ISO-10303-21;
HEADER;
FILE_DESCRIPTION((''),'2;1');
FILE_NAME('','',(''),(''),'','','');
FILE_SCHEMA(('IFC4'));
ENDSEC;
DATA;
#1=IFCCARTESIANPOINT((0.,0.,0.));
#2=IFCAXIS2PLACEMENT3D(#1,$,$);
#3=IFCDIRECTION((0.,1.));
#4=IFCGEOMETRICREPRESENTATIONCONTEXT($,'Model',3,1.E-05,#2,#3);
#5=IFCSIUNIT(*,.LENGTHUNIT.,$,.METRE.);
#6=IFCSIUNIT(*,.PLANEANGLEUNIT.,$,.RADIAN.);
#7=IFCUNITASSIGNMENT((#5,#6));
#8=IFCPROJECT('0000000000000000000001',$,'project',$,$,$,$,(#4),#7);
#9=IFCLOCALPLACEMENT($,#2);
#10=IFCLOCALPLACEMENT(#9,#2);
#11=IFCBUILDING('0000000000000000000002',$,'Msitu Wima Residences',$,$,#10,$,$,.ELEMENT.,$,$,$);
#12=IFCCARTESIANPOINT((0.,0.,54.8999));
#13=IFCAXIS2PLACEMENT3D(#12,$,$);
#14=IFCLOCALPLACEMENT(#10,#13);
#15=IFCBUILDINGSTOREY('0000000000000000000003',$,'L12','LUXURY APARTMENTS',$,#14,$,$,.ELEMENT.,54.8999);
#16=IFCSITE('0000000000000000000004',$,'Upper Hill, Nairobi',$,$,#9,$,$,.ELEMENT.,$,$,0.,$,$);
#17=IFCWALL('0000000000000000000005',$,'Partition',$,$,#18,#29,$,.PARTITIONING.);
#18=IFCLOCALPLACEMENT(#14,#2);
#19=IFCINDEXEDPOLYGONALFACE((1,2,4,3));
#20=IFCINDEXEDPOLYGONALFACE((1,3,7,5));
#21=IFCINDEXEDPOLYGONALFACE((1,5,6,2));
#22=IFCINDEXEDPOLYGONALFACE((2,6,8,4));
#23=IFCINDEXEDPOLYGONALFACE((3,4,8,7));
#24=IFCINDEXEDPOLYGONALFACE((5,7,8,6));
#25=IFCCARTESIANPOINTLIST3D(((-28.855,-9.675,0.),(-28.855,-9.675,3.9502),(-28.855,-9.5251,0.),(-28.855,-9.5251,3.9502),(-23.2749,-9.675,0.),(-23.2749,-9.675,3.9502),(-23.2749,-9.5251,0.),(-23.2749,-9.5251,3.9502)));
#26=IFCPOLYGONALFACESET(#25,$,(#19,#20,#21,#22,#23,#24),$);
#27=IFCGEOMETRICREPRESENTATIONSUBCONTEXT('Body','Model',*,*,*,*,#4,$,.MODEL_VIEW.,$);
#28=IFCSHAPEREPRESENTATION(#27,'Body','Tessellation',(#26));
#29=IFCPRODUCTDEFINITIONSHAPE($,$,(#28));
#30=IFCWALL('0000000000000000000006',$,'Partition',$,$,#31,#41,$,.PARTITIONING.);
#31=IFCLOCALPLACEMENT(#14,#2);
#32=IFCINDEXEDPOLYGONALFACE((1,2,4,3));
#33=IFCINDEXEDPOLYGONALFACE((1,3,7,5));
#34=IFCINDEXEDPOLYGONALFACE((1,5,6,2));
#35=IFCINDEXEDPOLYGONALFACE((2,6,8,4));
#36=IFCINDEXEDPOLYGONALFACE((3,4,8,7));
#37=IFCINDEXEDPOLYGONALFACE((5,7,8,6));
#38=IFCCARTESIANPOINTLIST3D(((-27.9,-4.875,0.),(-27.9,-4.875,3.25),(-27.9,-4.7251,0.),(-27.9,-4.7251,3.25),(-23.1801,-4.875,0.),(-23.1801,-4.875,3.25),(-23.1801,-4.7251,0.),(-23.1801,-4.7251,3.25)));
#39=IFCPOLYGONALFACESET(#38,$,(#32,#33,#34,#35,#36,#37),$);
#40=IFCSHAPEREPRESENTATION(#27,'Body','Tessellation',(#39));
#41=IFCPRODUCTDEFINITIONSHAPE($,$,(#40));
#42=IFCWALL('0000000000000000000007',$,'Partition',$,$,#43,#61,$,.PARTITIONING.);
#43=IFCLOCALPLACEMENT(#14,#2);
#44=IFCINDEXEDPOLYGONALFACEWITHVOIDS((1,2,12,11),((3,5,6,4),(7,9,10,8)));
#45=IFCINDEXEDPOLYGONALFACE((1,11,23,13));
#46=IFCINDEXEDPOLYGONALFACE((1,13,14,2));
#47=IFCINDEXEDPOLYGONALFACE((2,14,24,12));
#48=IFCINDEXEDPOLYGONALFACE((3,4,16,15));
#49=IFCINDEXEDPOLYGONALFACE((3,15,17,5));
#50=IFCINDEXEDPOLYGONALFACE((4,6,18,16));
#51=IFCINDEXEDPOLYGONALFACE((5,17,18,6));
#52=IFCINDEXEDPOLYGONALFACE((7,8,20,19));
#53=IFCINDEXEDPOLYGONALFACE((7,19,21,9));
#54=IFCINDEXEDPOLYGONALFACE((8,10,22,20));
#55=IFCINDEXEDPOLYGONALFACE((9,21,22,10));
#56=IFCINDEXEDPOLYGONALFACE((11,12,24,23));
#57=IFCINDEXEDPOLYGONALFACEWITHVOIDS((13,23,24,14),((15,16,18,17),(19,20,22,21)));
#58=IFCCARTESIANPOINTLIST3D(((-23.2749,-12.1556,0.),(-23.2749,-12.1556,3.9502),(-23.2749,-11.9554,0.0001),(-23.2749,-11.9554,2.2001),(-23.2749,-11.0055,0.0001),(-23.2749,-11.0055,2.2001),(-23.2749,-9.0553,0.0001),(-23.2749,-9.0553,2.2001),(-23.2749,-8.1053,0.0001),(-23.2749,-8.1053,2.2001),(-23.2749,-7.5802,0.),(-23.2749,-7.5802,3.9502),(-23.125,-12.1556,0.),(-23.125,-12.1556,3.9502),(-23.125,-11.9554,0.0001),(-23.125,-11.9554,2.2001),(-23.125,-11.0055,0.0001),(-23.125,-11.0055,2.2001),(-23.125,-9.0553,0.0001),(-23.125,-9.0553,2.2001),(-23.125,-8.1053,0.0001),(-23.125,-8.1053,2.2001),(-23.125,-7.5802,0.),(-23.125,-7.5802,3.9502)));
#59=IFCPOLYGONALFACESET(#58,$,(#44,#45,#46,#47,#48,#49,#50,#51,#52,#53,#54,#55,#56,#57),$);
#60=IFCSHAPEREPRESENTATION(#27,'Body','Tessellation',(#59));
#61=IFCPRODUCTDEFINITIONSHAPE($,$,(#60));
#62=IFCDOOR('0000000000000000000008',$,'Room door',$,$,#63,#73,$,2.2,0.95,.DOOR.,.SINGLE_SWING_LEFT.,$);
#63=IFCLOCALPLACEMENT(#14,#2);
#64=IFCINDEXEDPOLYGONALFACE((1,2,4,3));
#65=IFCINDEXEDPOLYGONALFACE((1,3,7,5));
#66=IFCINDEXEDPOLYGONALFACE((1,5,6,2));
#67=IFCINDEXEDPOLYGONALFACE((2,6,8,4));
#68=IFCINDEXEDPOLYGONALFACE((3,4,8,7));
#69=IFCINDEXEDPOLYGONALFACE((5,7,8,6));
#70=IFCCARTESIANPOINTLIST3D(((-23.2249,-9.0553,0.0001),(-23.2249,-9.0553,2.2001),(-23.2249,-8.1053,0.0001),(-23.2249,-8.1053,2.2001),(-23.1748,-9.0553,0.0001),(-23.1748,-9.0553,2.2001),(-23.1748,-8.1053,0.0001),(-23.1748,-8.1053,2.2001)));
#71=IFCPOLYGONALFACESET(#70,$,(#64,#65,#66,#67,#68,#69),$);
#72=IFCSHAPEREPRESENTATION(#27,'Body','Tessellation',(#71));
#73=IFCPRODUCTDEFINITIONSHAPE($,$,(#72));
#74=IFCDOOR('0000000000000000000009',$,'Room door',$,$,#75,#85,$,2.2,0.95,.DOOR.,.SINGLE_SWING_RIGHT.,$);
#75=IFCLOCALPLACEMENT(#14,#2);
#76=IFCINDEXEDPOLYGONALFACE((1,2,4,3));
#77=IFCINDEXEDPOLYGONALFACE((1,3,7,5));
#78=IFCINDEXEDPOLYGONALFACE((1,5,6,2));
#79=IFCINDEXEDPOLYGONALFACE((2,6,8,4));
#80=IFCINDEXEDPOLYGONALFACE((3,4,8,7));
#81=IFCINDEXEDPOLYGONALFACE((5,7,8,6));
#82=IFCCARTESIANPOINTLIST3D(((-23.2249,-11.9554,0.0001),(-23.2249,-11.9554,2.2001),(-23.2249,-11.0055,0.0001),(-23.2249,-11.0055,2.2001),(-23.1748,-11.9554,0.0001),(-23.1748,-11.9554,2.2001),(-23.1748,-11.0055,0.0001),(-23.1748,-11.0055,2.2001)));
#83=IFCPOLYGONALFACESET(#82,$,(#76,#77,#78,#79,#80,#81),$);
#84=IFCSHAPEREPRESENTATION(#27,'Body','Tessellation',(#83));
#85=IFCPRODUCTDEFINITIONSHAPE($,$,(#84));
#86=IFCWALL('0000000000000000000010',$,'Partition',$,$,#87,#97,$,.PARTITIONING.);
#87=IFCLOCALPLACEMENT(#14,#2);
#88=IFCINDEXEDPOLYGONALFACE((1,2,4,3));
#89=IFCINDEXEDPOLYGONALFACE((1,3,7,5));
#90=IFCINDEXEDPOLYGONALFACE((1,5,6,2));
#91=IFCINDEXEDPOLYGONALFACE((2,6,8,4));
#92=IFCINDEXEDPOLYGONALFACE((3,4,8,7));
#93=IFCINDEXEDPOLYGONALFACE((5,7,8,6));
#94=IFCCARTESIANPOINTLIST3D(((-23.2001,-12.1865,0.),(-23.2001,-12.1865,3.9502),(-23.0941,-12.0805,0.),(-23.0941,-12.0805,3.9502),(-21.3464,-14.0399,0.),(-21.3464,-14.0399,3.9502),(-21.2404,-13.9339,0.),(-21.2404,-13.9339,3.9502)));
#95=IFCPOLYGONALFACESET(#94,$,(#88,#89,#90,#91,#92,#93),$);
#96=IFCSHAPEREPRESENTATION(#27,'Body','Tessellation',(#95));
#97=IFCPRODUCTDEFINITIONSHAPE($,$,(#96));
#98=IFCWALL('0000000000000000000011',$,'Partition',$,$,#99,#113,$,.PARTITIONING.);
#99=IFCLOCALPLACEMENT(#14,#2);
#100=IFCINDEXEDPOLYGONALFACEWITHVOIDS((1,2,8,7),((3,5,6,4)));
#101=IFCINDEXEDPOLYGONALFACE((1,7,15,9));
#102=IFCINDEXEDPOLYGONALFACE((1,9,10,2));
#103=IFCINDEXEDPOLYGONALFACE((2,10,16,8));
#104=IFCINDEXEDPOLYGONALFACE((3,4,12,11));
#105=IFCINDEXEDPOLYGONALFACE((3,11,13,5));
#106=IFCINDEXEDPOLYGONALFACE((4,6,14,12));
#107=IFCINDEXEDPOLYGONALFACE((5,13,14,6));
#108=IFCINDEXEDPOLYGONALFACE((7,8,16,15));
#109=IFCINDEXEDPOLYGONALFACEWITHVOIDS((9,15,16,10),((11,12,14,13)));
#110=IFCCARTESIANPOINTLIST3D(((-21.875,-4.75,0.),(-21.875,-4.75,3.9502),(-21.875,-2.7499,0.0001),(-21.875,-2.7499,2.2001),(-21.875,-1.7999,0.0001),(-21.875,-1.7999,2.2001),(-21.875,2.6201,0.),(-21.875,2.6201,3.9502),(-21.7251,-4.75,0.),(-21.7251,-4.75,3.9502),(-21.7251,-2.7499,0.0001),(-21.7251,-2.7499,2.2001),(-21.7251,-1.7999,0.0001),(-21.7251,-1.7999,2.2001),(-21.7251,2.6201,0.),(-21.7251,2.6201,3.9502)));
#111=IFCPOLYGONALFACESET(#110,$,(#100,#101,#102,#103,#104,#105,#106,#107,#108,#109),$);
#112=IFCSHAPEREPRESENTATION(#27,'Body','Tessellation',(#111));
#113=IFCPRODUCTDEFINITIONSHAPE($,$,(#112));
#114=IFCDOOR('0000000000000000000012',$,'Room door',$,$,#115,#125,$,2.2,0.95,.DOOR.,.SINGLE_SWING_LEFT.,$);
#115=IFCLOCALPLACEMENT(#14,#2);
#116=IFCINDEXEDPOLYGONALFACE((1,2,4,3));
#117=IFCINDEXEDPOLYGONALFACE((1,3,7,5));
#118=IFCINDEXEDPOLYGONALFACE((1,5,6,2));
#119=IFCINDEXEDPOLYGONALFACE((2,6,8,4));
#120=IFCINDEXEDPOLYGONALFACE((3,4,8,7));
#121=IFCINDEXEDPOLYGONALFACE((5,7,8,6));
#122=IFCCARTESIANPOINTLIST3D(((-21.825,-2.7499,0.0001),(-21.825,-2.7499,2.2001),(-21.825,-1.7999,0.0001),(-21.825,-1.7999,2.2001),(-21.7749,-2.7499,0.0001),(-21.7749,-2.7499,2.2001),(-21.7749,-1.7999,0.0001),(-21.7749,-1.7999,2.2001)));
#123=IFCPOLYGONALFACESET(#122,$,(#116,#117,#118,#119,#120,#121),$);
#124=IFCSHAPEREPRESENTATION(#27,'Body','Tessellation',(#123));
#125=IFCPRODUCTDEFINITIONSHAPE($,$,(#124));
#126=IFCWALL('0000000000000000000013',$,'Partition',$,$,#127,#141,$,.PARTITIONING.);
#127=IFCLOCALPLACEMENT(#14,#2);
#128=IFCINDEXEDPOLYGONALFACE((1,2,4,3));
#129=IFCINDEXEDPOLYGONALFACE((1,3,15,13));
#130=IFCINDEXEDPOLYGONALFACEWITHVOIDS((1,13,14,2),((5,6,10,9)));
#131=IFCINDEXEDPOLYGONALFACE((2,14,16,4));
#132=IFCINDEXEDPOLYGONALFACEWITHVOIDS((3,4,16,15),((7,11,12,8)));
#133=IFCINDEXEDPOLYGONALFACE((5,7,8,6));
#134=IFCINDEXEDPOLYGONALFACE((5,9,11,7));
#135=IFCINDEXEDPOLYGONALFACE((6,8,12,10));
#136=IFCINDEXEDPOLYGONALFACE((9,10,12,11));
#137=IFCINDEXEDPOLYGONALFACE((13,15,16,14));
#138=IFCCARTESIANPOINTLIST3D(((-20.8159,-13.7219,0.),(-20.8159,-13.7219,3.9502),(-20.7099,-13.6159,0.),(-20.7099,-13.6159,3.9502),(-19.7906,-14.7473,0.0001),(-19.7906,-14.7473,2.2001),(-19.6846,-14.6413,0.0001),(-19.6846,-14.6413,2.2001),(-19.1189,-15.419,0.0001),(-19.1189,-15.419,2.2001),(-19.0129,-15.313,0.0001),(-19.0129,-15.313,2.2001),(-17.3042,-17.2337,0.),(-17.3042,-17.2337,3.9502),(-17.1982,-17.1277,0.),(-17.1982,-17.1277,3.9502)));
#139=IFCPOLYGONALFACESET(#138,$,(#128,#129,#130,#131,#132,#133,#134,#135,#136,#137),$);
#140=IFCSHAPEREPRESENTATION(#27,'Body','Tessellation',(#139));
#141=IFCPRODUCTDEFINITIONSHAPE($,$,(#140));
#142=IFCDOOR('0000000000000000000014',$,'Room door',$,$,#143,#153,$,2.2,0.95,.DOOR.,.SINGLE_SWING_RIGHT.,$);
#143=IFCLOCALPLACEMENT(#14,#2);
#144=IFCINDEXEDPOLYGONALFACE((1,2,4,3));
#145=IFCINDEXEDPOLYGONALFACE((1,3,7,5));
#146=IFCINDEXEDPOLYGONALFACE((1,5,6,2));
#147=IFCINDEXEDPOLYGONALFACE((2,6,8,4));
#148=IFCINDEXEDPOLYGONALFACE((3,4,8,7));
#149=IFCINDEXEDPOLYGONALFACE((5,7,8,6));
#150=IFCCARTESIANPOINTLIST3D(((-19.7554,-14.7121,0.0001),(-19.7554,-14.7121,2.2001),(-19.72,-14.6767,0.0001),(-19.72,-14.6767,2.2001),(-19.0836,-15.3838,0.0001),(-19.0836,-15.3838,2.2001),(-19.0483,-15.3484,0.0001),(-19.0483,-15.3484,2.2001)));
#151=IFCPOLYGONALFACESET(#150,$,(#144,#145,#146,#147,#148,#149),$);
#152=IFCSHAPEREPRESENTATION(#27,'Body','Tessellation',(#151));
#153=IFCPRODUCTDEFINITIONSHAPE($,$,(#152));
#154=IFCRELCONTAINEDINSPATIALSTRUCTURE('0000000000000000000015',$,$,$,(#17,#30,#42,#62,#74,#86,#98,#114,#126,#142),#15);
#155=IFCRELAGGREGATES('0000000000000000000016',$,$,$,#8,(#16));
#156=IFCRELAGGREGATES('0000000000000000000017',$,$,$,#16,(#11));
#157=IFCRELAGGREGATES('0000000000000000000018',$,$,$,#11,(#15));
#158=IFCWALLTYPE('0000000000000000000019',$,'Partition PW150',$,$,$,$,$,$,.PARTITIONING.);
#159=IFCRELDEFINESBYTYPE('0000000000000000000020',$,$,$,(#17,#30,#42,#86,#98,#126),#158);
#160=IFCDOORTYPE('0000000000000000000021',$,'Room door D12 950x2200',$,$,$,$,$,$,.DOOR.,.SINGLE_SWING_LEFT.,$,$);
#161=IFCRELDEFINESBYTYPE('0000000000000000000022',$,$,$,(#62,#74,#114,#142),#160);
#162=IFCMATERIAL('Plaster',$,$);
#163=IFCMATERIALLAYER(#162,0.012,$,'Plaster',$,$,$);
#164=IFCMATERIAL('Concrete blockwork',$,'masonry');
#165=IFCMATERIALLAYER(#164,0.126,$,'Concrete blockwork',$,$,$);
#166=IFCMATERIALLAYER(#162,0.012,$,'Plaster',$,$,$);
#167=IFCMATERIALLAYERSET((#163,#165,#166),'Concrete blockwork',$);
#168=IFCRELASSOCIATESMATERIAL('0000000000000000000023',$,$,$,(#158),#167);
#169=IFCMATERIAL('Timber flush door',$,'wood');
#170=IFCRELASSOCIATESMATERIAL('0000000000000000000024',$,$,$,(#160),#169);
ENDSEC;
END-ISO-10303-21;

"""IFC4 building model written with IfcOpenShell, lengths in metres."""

from ifc_helpers import new_model, si_unit, direction, frame, frame_2d, origin, place, context, subcontext, project, spatial, rectangle, extrude, material, layer, layer_set, type_object, element, fill, save


model = new_model("IFC4")

# Units and contexts
model_context = context("Model", 3, precision=1e-05, world=origin(), true_north=direction((0.0, 1.0)))
body_context = subcontext(model_context, "Body", "Model", "MODEL_VIEW")
ifc_project = project(units=[si_unit("LENGTHUNIT", "METRE"), si_unit("PLANEANGLEUNIT", "RADIAN")], contexts=[model_context])

# Site, building, storey
site_placement = place(None, origin())
site = spatial("IfcSite", under=ifc_project, at=site_placement, Name="Upper Hill, Nairobi", CompositionType="ELEMENT", RefElevation=0.0)
building_placement = place(site_placement, origin())
building = spatial("IfcBuilding", under=site, at=building_placement, Name="Msitu Wima Residences", CompositionType="ELEMENT")
storey_placement = place(building_placement, frame((0.0, 0.0, 54.8999)))
storey = spatial("IfcBuildingStorey", under=building, at=storey_placement, Name="L12", Description="LUXURY APARTMENTS", CompositionType="ELEMENT", Elevation=54.8999)

# Walls
ifc_material_1 = material(Name="Plaster")
ifc_layer_1 = layer(ifc_material_1, 0.012, Name="Plaster")
ifc_material_2 = material(Name="Concrete blockwork", Category="masonry")
ifc_layer_2 = layer(ifc_material_2, 0.126, Name="Concrete blockwork")
ifc_layer_3 = layer(ifc_material_1, 0.012, Name="Plaster")
ifc_layer_set_1 = layer_set([ifc_layer_1, ifc_layer_2, ifc_layer_3], Name="Concrete blockwork")
wall_type_1 = type_object("IfcWallType", Name="Partition PW150", PredefinedType="PARTITIONING", material=ifc_layer_set_1)
wall_1_placement = place(storey_placement, frame((-28.855, -9.6001, 0.0), z_axis=(0.0, 0.0, 1.0), x_axis=(1.0, 0.0, 0.0)))
element("IfcWall", 1, at=wall_1_placement, inside=storey, type_object=wall_type_1, Name="Partition", PredefinedType="PARTITIONING", context=body_context, shape_type="SweptSolid", body=[
    extrude(rectangle(XDim=5.5801, YDim=0.1499, at=frame_2d((2.79, 0.0))), origin(), (0.0, 0.0, 1.0), 3.9502),
])
wall_2_placement = place(storey_placement, frame((-27.8999, -4.8, 0.0), z_axis=(0.0, 0.0, 1.0), x_axis=(1.0, 0.0, 0.0)))
element("IfcWall", 2, at=wall_2_placement, inside=storey, type_object=wall_type_1, Name="Partition", PredefinedType="PARTITIONING", context=body_context, shape_type="SweptSolid", body=[
    extrude(rectangle(XDim=4.72, YDim=0.1499, at=frame_2d((2.3599, 0.0))), origin(), (0.0, 0.0, 1.0), 3.25),
])

# Wall, openings, doors
wall_3_placement = place(storey_placement, frame((-23.2, -12.1555, 0.0), z_axis=(0.0, 0.0, 1.0), x_axis=(0.0, 1.0, 0.0)))
wall_3 = element("IfcWall", 3, at=wall_3_placement, inside=storey, type_object=wall_type_1, Name="Partition", PredefinedType="PARTITIONING", context=body_context, shape_type="SweptSolid", body=[
    extrude(rectangle(XDim=4.5754, YDim=0.1499, at=frame_2d((2.2876, 0.0))), origin(), (0.0, 0.0, 1.0), 3.9502),
])
opening_1_placement = place(wall_3_placement, frame((3.1001, 0.0, 0.0)))
opening_1 = element("IfcOpeningElement", 4, at=opening_1_placement, cuts=wall_3, PredefinedType="OPENING", context=body_context, shape_type="SweptSolid", body=[
    extrude(rectangle(XDim=0.95, YDim=2.2, at=frame_2d((0.4751, 1.1001))), frame((0.0, 0.085, 0.0), z_axis=(0.0, -1.0, 0.0), x_axis=(1.0, 0.0, 0.0)), (0.0, 0.0, 1.0), 0.1699),
])
opening_2_placement = place(wall_3_placement, frame((0.2, 0.0, 0.0)))
opening_2 = element("IfcOpeningElement", 5, at=opening_2_placement, cuts=wall_3, PredefinedType="OPENING", context=body_context, shape_type="SweptSolid", body=[
    extrude(rectangle(XDim=0.95, YDim=2.2, at=frame_2d((0.4751, 1.1001))), frame((0.0, 0.085, 0.0), z_axis=(0.0, -1.0, 0.0), x_axis=(1.0, 0.0, 0.0)), (0.0, 0.0, 1.0), 0.1699),
])
ifc_material_3 = material(Name="Timber flush door", Category="wood")
door_type_1 = type_object("IfcDoorType", Name="Room door D12 950x2200", OperationType="SINGLE_SWING_LEFT", PredefinedType="DOOR", material=ifc_material_3)
door_1_placement = place(opening_1_placement, origin())
door_1 = element("IfcDoor", 6, at=door_1_placement, inside=storey, type_object=door_type_1, Name="Room door", OperationType="SINGLE_SWING_LEFT", OverallHeight=2.2, OverallWidth=0.95, PredefinedType="DOOR", context=body_context, shape_type="SweptSolid", body=[
    extrude(rectangle(XDim=0.95, YDim=2.2, at=frame_2d((0.4751, 1.1001))), frame((0.0, 0.0249, 0.0), z_axis=(0.0, -1.0, 0.0), x_axis=(1.0, 0.0, 0.0)), (0.0, 0.0, 1.0), 0.05),
])
fill(opening_1, door_1)
door_2_placement = place(opening_2_placement, origin())
door_2 = element("IfcDoor", 7, at=door_2_placement, inside=storey, type_object=door_type_1, Name="Room door", OperationType="SINGLE_SWING_RIGHT", OverallHeight=2.2, OverallWidth=0.95, PredefinedType="DOOR", context=body_context, shape_type="SweptSolid", body=[
    extrude(rectangle(XDim=0.95, YDim=2.2, at=frame_2d((0.4751, 1.1001))), frame((0.0, 0.0249, 0.0), z_axis=(0.0, -1.0, 0.0), x_axis=(1.0, 0.0, 0.0)), (0.0, 0.0, 1.0), 0.05),
])
fill(opening_2, door_2)

# Wall
wall_4_placement = place(storey_placement, frame((-23.147, -12.1335, 0.0), z_axis=(0.0, 0.0, 1.0), x_axis=(0.707153, -0.70706, 0.0)))
element("IfcWall", 8, at=wall_4_placement, inside=storey, type_object=wall_type_1, Name="Partition", PredefinedType="PARTITIONING", context=body_context, shape_type="SweptSolid", body=[
    extrude(rectangle(XDim=2.6213, YDim=0.1499, at=frame_2d((1.3105, 0.0))), origin(), (0.0, 0.0, 1.0), 3.9502),
])

# Walls, openings, doors
wall_5_placement = place(storey_placement, frame((-21.8, -4.75, 0.0), z_axis=(0.0, 0.0, 1.0), x_axis=(0.0, 1.0, 0.0)))
wall_5 = element("IfcWall", 9, at=wall_5_placement, inside=storey, type_object=wall_type_1, Name="Partition", PredefinedType="PARTITIONING", context=body_context, shape_type="SweptSolid", body=[
    extrude(rectangle(XDim=7.3701, YDim=0.1499, at=frame_2d((3.6851, 0.0))), origin(), (0.0, 0.0, 1.0), 3.9502),
])
opening_3_placement = place(wall_5_placement, frame((2.0, 0.0, 0.0)))
opening_3 = element("IfcOpeningElement", 10, at=opening_3_placement, cuts=wall_5, PredefinedType="OPENING", context=body_context, shape_type="SweptSolid", body=[
    extrude(rectangle(XDim=0.95, YDim=2.2, at=frame_2d((0.4751, 1.1001))), frame((0.0, 0.085, 0.0), z_axis=(0.0, -1.0, 0.0), x_axis=(1.0, 0.0, 0.0)), (0.0, 0.0, 1.0), 0.1699),
])
door_3_placement = place(opening_3_placement, origin())
door_3 = element("IfcDoor", 11, at=door_3_placement, inside=storey, type_object=door_type_1, Name="Room door", OperationType="SINGLE_SWING_LEFT", OverallHeight=2.2, OverallWidth=0.95, PredefinedType="DOOR", context=body_context, shape_type="SweptSolid", body=[
    extrude(rectangle(XDim=0.95, YDim=2.2, at=frame_2d((0.4751, 1.1001))), frame((0.0, 0.0249, 0.0), z_axis=(0.0, -1.0, 0.0), x_axis=(1.0, 0.0, 0.0)), (0.0, 0.0, 1.0), 0.05),
])
fill(opening_3, door_3)
wall_6_placement = place(storey_placement, frame((-20.7629, -13.6689, 0.0), z_axis=(0.0, 0.0, 1.0), x_axis=(0.707107, -0.707107, 0.0)))
wall_6 = element("IfcWall", 12, at=wall_6_placement, inside=storey, type_object=wall_type_1, Name="Partition", PredefinedType="PARTITIONING", context=body_context, shape_type="SweptSolid", body=[
    extrude(rectangle(XDim=4.9663, YDim=0.1499, at=frame_2d((2.4832, 0.0))), origin(), (0.0, 0.0, 1.0), 3.9502),
])
opening_4_placement = place(wall_6_placement, frame((1.45, 0.0, 0.0)))
opening_4 = element("IfcOpeningElement", 13, at=opening_4_placement, cuts=wall_6, PredefinedType="OPENING", context=body_context, shape_type="SweptSolid", body=[
    extrude(rectangle(XDim=0.95, YDim=2.2, at=frame_2d((0.4751, 1.1001))), frame((0.0, 0.085, 0.0), z_axis=(0.0, -1.0, 0.0), x_axis=(1.0, 0.0, 0.0)), (0.0, 0.0, 1.0), 0.1699),
])
door_4_placement = place(opening_4_placement, origin())
door_4 = element("IfcDoor", 14, at=door_4_placement, inside=storey, type_object=door_type_1, Name="Room door", OperationType="SINGLE_SWING_RIGHT", OverallHeight=2.2, OverallWidth=0.95, PredefinedType="DOOR", context=body_context, shape_type="SweptSolid", body=[
    extrude(rectangle(XDim=0.95, YDim=2.2, at=frame_2d((0.4751, 1.1001))), frame((0.0, 0.0249, 0.0), z_axis=(0.0, -1.0, 0.0), x_axis=(1.0, 0.0, 0.0)), (0.0, 0.0, 1.0), 0.05),
])
fill(opening_4, door_4)

save(model, "model.ifc")
